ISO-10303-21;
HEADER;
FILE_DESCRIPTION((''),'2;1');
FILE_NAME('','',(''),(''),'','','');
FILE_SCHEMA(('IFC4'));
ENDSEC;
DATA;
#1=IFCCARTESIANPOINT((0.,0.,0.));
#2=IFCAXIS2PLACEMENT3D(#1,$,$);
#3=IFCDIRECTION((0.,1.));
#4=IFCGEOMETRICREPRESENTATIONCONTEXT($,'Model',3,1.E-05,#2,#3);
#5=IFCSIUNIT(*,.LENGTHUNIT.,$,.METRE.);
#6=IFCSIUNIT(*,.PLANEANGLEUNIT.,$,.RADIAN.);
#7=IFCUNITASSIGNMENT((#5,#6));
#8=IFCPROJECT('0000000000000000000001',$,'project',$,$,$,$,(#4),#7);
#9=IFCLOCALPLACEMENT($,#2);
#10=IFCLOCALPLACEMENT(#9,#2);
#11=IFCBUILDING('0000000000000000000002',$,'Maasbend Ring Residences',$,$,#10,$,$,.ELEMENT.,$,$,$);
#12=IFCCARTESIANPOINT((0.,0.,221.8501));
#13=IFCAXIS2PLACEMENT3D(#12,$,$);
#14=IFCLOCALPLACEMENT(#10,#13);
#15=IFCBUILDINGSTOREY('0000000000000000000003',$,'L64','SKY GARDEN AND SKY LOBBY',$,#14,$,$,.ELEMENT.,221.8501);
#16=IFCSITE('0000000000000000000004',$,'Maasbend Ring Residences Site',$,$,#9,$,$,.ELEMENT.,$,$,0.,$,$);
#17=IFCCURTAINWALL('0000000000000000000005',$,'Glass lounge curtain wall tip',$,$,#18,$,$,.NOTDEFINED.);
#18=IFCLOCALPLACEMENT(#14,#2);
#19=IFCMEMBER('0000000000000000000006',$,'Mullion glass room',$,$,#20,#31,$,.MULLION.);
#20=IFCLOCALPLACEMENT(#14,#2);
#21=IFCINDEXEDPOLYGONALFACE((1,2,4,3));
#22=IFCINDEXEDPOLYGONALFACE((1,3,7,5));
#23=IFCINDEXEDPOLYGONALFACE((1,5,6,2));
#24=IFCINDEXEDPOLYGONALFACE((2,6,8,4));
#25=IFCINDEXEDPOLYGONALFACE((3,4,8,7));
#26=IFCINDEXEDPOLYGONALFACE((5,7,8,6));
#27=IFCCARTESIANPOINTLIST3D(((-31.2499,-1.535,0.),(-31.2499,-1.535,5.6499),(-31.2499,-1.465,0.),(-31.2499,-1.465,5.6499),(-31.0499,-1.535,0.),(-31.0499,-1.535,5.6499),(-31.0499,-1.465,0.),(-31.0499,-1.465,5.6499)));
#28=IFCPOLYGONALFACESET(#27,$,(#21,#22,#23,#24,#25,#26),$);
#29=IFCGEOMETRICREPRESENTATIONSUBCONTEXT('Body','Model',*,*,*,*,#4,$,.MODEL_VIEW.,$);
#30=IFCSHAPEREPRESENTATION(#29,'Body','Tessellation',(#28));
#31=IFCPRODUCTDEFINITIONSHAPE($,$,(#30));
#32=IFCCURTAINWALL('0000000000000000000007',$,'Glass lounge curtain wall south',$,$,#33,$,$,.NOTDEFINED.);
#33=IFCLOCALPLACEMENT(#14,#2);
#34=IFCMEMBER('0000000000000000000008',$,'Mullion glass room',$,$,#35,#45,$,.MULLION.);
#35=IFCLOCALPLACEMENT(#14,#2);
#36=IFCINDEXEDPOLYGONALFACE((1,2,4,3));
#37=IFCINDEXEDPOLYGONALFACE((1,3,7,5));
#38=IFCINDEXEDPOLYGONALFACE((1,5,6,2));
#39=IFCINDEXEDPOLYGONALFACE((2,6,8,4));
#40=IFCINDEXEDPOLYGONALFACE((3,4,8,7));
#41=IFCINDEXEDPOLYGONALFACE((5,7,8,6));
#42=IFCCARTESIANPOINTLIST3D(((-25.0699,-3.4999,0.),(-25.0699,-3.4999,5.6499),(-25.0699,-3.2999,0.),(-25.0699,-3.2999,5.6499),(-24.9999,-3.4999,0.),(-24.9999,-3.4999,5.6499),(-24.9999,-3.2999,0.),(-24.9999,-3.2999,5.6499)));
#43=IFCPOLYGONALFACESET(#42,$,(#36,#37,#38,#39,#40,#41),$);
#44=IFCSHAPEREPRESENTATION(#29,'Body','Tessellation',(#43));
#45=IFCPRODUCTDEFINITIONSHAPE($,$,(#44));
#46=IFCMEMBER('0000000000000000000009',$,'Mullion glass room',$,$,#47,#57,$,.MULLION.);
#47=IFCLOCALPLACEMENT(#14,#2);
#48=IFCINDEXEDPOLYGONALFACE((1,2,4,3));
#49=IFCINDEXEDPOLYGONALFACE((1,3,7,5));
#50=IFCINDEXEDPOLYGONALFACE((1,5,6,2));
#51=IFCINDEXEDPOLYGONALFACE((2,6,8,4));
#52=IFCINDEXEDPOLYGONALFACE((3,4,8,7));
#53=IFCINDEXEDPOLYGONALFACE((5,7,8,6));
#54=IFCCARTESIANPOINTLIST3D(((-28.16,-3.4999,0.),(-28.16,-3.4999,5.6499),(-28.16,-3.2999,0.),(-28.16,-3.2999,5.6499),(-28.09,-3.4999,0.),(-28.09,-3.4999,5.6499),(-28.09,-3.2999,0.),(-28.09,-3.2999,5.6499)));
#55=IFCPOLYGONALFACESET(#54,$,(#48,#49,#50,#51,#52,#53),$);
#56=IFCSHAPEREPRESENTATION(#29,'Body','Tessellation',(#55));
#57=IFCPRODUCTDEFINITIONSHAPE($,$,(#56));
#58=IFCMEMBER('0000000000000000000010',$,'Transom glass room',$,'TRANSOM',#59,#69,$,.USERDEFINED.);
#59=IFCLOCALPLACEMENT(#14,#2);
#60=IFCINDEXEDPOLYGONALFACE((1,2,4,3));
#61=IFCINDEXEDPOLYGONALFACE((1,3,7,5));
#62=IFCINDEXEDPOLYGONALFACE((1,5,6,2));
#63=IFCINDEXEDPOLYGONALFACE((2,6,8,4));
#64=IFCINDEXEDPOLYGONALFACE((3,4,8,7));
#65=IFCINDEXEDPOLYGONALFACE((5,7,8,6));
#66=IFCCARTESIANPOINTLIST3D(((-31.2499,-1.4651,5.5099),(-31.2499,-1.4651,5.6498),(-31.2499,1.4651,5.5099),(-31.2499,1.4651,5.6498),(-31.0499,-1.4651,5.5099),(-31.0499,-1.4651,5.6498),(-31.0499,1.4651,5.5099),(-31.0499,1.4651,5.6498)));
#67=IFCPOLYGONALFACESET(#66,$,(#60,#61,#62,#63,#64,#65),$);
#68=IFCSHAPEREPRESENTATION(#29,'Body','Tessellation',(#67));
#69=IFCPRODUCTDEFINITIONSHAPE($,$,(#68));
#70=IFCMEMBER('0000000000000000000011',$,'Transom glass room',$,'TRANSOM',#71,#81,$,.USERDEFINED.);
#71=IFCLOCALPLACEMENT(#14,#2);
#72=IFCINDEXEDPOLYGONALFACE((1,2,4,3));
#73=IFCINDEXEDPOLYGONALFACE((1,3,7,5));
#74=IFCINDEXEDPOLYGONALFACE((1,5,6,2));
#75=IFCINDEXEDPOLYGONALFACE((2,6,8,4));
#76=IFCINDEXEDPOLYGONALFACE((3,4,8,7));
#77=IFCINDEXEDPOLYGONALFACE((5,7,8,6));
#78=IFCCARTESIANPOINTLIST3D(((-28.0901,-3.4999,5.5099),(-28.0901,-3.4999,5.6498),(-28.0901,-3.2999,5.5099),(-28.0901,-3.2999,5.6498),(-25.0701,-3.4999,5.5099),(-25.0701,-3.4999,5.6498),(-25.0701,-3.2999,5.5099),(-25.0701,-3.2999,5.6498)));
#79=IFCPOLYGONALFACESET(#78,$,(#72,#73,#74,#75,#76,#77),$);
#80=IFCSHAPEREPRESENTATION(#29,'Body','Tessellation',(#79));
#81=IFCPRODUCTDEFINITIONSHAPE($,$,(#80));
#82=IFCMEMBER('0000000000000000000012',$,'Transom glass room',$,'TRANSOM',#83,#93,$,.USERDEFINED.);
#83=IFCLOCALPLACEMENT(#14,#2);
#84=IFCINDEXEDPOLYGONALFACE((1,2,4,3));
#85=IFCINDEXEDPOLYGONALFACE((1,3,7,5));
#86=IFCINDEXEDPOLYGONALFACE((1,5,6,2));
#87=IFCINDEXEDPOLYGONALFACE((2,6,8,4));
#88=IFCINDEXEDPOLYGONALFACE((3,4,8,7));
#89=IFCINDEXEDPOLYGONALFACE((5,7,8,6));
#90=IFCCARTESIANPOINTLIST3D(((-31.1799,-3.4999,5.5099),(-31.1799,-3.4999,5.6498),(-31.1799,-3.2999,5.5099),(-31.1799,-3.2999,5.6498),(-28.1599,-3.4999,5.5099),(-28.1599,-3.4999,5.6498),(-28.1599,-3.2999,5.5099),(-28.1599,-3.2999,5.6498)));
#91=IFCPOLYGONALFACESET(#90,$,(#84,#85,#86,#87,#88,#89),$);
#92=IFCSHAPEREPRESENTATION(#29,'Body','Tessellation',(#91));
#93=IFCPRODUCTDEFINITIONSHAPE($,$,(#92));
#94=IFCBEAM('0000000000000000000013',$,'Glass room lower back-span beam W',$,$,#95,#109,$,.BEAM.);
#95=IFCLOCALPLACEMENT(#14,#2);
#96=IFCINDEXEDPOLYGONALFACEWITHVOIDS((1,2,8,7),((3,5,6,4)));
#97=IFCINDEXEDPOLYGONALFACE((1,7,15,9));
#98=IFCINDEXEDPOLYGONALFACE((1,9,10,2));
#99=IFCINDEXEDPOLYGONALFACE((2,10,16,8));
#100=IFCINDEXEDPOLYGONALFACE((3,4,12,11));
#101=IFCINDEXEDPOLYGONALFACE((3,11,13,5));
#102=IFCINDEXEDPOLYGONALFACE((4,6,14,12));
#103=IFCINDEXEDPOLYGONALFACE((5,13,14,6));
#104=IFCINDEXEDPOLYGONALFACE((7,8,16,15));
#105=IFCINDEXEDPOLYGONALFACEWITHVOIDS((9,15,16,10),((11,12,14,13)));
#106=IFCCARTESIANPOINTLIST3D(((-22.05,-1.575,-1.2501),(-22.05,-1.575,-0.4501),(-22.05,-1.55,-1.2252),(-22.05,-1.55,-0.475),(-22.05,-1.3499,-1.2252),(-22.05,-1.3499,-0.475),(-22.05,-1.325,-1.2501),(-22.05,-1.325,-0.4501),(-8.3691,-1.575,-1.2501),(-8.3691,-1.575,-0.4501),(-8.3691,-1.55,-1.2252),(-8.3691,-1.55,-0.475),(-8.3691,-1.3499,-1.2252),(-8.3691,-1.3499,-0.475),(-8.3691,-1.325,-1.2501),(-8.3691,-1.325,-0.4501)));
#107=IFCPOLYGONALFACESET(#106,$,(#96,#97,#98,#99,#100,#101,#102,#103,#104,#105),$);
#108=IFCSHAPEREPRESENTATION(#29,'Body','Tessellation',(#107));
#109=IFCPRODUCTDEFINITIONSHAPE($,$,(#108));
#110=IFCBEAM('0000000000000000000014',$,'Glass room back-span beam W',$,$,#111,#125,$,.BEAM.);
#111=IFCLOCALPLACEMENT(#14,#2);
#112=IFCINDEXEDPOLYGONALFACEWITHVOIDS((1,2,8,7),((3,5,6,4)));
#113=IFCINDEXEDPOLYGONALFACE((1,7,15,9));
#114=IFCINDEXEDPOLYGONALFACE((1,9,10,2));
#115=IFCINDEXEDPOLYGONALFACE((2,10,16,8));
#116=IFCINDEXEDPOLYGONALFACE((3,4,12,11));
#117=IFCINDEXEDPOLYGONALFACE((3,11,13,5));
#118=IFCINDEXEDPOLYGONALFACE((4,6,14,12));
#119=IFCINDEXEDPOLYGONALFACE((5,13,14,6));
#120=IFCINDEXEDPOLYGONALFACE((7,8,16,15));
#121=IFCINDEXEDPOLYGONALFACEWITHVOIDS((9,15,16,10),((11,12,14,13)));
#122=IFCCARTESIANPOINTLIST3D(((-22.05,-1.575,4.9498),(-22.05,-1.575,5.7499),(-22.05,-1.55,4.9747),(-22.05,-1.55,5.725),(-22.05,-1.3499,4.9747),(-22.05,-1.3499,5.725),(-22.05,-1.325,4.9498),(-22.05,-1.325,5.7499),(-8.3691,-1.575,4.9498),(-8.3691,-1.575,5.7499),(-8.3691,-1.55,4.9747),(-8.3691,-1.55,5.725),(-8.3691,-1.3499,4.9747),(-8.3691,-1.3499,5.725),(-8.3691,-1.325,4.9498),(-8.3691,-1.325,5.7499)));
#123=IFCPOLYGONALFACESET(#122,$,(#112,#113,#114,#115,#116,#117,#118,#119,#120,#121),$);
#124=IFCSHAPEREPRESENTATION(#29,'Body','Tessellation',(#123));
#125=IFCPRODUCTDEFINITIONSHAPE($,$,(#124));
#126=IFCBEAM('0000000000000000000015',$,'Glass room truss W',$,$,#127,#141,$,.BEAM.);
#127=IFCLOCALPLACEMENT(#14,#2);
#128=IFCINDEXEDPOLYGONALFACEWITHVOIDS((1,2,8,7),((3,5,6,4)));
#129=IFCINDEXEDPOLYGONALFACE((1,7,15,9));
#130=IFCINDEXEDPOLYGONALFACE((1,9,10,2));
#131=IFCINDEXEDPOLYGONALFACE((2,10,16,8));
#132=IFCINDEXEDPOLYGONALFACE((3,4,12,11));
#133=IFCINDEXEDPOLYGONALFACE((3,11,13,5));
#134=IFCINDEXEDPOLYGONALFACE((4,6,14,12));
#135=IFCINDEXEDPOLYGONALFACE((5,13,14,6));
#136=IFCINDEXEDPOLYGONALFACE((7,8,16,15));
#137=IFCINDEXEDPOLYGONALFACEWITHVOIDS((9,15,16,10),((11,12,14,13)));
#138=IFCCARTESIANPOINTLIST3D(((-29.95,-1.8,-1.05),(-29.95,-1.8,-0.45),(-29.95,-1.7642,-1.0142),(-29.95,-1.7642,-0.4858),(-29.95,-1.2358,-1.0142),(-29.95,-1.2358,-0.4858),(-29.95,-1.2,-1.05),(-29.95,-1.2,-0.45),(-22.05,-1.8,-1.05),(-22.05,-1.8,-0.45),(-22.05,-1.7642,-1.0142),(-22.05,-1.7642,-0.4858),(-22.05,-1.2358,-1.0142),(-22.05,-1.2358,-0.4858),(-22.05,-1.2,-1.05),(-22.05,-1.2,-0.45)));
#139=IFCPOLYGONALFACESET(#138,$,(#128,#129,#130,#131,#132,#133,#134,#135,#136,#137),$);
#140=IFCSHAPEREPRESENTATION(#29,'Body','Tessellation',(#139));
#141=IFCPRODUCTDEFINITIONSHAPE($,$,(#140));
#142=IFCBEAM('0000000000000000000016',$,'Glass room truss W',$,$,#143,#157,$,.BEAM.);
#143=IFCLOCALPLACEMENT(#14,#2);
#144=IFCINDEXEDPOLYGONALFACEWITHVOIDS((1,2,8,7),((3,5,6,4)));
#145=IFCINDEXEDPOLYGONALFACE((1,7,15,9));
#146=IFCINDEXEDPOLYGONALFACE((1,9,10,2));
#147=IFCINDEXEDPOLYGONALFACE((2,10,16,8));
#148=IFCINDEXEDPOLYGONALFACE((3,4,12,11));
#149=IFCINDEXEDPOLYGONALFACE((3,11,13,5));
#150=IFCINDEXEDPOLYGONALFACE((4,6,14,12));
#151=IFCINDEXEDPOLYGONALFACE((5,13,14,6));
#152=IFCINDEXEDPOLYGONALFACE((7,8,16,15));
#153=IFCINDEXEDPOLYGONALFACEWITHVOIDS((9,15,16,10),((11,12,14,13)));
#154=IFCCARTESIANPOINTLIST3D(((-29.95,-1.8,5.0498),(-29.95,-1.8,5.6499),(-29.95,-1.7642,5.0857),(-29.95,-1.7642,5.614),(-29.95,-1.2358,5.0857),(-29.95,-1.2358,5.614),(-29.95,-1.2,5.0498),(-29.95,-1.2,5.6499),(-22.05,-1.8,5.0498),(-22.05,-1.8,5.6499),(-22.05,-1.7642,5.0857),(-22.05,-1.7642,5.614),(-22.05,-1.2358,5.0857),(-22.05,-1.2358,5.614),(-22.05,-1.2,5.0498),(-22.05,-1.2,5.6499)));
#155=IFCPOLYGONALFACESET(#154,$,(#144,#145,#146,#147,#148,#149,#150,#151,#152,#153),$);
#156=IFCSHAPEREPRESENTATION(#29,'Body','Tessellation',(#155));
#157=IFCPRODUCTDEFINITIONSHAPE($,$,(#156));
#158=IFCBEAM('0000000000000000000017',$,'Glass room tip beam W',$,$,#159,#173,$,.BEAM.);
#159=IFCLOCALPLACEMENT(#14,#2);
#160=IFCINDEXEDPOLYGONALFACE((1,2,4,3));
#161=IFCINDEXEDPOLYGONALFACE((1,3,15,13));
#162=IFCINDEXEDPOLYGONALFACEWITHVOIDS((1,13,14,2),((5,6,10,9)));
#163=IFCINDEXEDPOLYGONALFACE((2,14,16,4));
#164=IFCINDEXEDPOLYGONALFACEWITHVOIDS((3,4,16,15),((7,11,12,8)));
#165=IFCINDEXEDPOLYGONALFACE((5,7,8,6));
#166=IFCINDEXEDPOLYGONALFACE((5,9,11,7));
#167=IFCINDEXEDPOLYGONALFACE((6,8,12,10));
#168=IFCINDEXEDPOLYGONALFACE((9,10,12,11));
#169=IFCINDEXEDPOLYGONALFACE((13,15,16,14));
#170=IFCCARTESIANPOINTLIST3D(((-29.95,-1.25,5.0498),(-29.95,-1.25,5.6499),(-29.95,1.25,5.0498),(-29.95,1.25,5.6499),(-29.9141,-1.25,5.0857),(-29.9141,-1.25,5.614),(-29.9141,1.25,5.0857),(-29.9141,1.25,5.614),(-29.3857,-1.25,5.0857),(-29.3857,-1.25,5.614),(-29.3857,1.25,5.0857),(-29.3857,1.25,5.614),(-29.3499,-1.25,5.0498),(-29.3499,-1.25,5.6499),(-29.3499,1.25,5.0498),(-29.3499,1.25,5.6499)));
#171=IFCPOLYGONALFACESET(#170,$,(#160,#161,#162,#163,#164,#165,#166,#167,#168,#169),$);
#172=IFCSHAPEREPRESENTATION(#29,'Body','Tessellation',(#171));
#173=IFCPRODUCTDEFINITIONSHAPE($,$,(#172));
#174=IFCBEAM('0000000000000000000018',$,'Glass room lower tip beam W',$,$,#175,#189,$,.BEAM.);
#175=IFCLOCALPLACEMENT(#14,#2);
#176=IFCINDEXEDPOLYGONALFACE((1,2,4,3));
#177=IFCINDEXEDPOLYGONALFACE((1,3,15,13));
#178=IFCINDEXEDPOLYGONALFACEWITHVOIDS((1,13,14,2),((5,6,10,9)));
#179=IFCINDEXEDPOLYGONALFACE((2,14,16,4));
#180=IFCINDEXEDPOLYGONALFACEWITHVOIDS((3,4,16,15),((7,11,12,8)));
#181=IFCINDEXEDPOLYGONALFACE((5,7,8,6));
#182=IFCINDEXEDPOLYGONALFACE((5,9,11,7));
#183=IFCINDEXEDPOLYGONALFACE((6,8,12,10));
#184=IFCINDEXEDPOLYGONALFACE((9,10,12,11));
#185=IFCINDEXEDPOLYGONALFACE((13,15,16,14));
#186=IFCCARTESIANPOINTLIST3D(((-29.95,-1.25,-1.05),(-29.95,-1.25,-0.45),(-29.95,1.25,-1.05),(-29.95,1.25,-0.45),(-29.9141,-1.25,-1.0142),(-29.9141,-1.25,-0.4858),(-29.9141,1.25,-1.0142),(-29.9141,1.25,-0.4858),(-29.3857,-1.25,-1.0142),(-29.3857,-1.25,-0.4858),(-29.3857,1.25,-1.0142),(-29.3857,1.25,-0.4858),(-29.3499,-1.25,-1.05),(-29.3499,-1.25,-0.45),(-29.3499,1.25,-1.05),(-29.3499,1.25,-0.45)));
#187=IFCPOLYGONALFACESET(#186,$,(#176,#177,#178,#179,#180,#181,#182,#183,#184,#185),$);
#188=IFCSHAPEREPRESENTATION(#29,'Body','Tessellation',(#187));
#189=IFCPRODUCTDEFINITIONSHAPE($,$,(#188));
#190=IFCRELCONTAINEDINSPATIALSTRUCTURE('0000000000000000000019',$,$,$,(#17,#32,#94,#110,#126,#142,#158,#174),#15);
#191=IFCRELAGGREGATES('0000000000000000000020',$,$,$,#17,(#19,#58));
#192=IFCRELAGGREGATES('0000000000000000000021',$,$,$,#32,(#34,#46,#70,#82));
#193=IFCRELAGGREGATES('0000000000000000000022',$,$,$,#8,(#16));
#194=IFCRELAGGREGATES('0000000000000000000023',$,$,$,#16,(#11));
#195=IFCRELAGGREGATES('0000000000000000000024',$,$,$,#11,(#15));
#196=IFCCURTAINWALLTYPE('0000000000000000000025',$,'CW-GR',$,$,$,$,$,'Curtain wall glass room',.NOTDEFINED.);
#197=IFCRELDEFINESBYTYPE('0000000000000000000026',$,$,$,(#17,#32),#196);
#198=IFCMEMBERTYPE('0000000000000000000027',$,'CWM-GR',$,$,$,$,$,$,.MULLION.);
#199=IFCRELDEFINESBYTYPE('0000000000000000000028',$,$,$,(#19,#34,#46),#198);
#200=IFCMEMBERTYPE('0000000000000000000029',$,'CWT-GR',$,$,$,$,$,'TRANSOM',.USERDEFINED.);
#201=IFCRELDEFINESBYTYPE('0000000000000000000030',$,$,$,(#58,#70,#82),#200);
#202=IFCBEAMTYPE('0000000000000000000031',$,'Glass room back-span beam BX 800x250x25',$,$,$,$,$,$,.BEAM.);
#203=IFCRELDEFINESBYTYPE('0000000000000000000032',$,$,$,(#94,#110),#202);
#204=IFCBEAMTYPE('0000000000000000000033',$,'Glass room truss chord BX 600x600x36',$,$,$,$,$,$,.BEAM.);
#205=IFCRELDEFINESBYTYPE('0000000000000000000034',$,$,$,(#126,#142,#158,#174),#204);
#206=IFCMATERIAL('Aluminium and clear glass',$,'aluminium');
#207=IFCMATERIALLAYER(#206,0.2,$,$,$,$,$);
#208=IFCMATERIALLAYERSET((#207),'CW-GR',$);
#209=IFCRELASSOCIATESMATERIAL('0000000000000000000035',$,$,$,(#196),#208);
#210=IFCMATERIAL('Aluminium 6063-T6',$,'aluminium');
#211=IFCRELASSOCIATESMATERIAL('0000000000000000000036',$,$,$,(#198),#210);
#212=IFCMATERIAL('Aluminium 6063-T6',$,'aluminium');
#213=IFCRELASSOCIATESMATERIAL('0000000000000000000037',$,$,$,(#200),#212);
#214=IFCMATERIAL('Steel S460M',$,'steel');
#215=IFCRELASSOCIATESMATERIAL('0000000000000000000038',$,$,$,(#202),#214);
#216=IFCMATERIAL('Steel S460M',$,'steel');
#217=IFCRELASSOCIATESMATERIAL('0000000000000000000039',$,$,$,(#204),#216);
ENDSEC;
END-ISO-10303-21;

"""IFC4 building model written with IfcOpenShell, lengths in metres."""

from ifc_helpers import new_model, si_unit, direction, frame, origin, origin_2d, place, context, subcontext, project, spatial, rectangle, hollow_rectangle, extrude, material, layer, layer_set, material_profile, profile_set, type_object, element, aggregate, save


model = new_model("IFC4")

# Units and contexts
model_context = context("Model", 3, precision=1e-05, world=origin(), true_north=direction((0.0, 1.0)))
body_context = subcontext(model_context, "Body", "Model", "MODEL_VIEW")
ifc_project = project(units=[si_unit("LENGTHUNIT", "METRE"), si_unit("PLANEANGLEUNIT", "RADIAN")], contexts=[model_context])

# Site, building, storey
site_placement = place(None, origin())
site = spatial("IfcSite", under=ifc_project, at=site_placement, Name="Maasbend Ring Residences Site", CompositionType="ELEMENT", RefElevation=0.0)
building_placement = place(site_placement, origin())
building = spatial("IfcBuilding", under=site, at=building_placement, Name="Maasbend Ring Residences", CompositionType="ELEMENT")
storey_placement = place(building_placement, frame((0.0, 0.0, 221.8501)))
storey = spatial("IfcBuildingStorey", under=building, at=storey_placement, Name="L64", Description="SKY GARDEN AND SKY LOBBY", CompositionType="ELEMENT", Elevation=221.8501)

# Curtain wall, member
ifc_material_1 = material(Name="Aluminium and clear glass", Category="aluminium")
ifc_layer_1 = layer(ifc_material_1, 0.2)
ifc_layer_set_1 = layer_set([ifc_layer_1], Name="CW-GR")
curtain_wall_type = type_object("IfcCurtainWallType", Name="CW-GR", ElementType="Curtain wall glass room", PredefinedType="NOTDEFINED", material=ifc_layer_set_1)
curtain_wall_1_placement = place(storey_placement, origin())
curtain_wall_1 = element("IfcCurtainWall", 1, at=curtain_wall_1_placement, inside=storey, type_object=curtain_wall_type, Name="Glass lounge curtain wall tip", PredefinedType="NOTDEFINED")
ifc_material_2 = material(Name="Aluminium 6063-T6", Category="aluminium")
ifc_material_profile_1 = material_profile(ifc_material_2, rectangle(XDim=0.2, YDim=0.0701, at=origin_2d()), Name="AL 200x70")
ifc_profile_set_1 = profile_set([ifc_material_profile_1], Name="Aluminium 6063-T6")
member_type_1 = type_object("IfcMemberType", Name="CWM-GR", PredefinedType="MULLION", material=ifc_profile_set_1)
member_1_placement = place(storey_placement, frame((-31.1499, -1.5, 0.0), z_axis=(0.0, 0.0, 1.0), x_axis=(-1.0, 0.0, 0.0)))
member_1 = element("IfcMember", 2, at=member_1_placement, type_object=member_type_1, Name="Mullion glass room", PredefinedType="MULLION", context=body_context, shape_type="SweptSolid", body=[
    extrude(rectangle(XDim=0.2, YDim=0.0701, at=origin_2d()), origin(), (0.0, 0.0, 1.0), 5.6499),
])

# Curtain wall, members
curtain_wall_2_placement = place(storey_placement, origin())
curtain_wall_2 = element("IfcCurtainWall", 3, at=curtain_wall_2_placement, inside=storey, type_object=curtain_wall_type, Name="Glass lounge curtain wall south", PredefinedType="NOTDEFINED")
member_2_placement = place(storey_placement, frame((-25.0349, -3.3999, 0.0), z_axis=(0.0, 0.0, 1.0), x_axis=(0.0, -1.0, 0.0)))
member_2 = element("IfcMember", 4, at=member_2_placement, type_object=member_type_1, Name="Mullion glass room", PredefinedType="MULLION", context=body_context, shape_type="SweptSolid", body=[
    extrude(rectangle(XDim=0.2, YDim=0.0701, at=origin_2d()), origin(), (0.0, 0.0, 1.0), 5.6499),
])
member_3_placement = place(storey_placement, frame((-28.125, -3.3999, 0.0), z_axis=(0.0, 0.0, 1.0), x_axis=(0.0, -1.0, 0.0)))
member_3 = element("IfcMember", 5, at=member_3_placement, type_object=member_type_1, Name="Mullion glass room", PredefinedType="MULLION", context=body_context, shape_type="SweptSolid", body=[
    extrude(rectangle(XDim=0.2, YDim=0.0701, at=origin_2d()), origin(), (0.0, 0.0, 1.0), 5.6499),
])

# Members
ifc_material_3 = material(Name="Aluminium 6063-T6", Category="aluminium")
ifc_material_profile_2 = material_profile(ifc_material_3, rectangle(XDim=0.2, YDim=0.1399, at=origin_2d()), Name="AL 200x140")
ifc_profile_set_2 = profile_set([ifc_material_profile_2], Name="Aluminium 6063-T6")
member_type_2 = type_object("IfcMemberType", Name="CWT-GR", ElementType="TRANSOM", PredefinedType="USERDEFINED", material=ifc_profile_set_2)
member_4_placement = place(storey_placement, frame((-31.1499, -1.4651, 5.5798), z_axis=(0.0, 1.0, 0.0), x_axis=(-1.0, 0.0, 0.0)))
member_4 = element("IfcMember", 6, at=member_4_placement, type_object=member_type_2, Name="Transom glass room", ObjectType="TRANSOM", PredefinedType="USERDEFINED", context=body_context, shape_type="SweptSolid", body=[
    extrude(rectangle(XDim=0.2, YDim=0.1399, at=origin_2d()), origin(), (0.0, 0.0, 1.0), 2.9302),
])
member_5_placement = place(storey_placement, frame((-25.0701, -3.3999, 5.5798), z_axis=(-1.0, 0.0, 0.0), x_axis=(0.0, -1.0, 0.0)))
member_5 = element("IfcMember", 7, at=member_5_placement, type_object=member_type_2, Name="Transom glass room", ObjectType="TRANSOM", PredefinedType="USERDEFINED", context=body_context, shape_type="SweptSolid", body=[
    extrude(rectangle(XDim=0.2, YDim=0.1399, at=origin_2d()), origin(), (0.0, 0.0, 1.0), 3.02),
])
member_6_placement = place(storey_placement, frame((-28.1599, -3.3999, 5.5798), z_axis=(-1.0, 0.0, 0.0), x_axis=(0.0, -1.0, 0.0)))
member_6 = element("IfcMember", 8, at=member_6_placement, type_object=member_type_2, Name="Transom glass room", ObjectType="TRANSOM", PredefinedType="USERDEFINED", context=body_context, shape_type="SweptSolid", body=[
    extrude(rectangle(XDim=0.2, YDim=0.1399, at=origin_2d()), origin(), (0.0, 0.0, 1.0), 3.02),
])

# Beams
ifc_material_4 = material(Name="Steel S460M", Category="steel")
ifc_material_profile_3 = material_profile(ifc_material_4, hollow_rectangle(XDim=0.25, YDim=0.8, WallThickness=0.0249, at=origin_2d()), Name="Glass room back-span beam BX 800x250x25")
ifc_profile_set_3 = profile_set([ifc_material_profile_3], Name="Steel S460M")
beam_type_1 = type_object("IfcBeamType", Name="Glass room back-span beam BX 800x250x25", PredefinedType="BEAM", material=ifc_profile_set_3)
for number, where, z_axis, x_axis, name in (
    (9, (-22.05, -1.45, -0.8501), (1.0, 0.0, 0.0), (0.0, 1.0, 0.0), "Glass room lower back-span beam W"),
    (10, (-22.05, -1.45, 5.3499), (1.0, 0.0, 0.0), (0.0, 1.0, 0.0), "Glass room back-span beam W"),
):
    element("IfcBeam", number, at=place(storey_placement, frame(where, z_axis=z_axis, x_axis=x_axis)), inside=storey, type_object=beam_type_1, Name=name, PredefinedType="BEAM", context=body_context, shape_type="SweptSolid", body=[
        extrude(hollow_rectangle(XDim=0.25, YDim=0.8, WallThickness=0.0249, at=origin_2d()), origin(), (0.0, 0.0, 1.0), 13.6809),
    ])
ifc_material_5 = material(Name="Steel S460M", Category="steel")
ifc_material_profile_4 = material_profile(ifc_material_5, hollow_rectangle(XDim=0.6001, YDim=0.6001, WallThickness=0.0359, at=origin_2d()), Name="Glass room truss chord BX 600x600x36")
ifc_profile_set_4 = profile_set([ifc_material_profile_4], Name="Steel S460M")
beam_type_2 = type_object("IfcBeamType", Name="Glass room truss chord BX 600x600x36", PredefinedType="BEAM", material=ifc_profile_set_4)
for number, where, z_axis, x_axis, name in (
    (11, (-22.05, -1.5, -0.75), (-1.0, 0.0, 0.0), (0.0, -1.0, 0.0), "Glass room truss W"),
    (12, (-22.05, -1.5, 5.3499), (-1.0, 0.0, 0.0), (0.0, -1.0, 0.0), "Glass room truss W"),
):
    element("IfcBeam", number, at=place(storey_placement, frame(where, z_axis=z_axis, x_axis=x_axis)), inside=storey, type_object=beam_type_2, Name=name, PredefinedType="BEAM", context=body_context, shape_type="SweptSolid", body=[
        extrude(hollow_rectangle(XDim=0.6001, YDim=0.6001, WallThickness=0.0359, at=origin_2d()), origin(), (0.0, 0.0, 1.0), 7.8999),
    ])
for number, where, z_axis, x_axis, name in (
    (13, (-29.6499, -1.25, 5.3499), (0.0, 1.0, 0.0), (-1.0, 0.0, 0.0), "Glass room tip beam W"),
    (14, (-29.6499, -1.25, -0.75), (0.0, 1.0, 0.0), (-1.0, 0.0, 0.0), "Glass room lower tip beam W"),
):
    element("IfcBeam", number, at=place(storey_placement, frame(where, z_axis=z_axis, x_axis=x_axis)), inside=storey, type_object=beam_type_2, Name=name, PredefinedType="BEAM", context=body_context, shape_type="SweptSolid", body=[
        extrude(hollow_rectangle(XDim=0.6001, YDim=0.6001, WallThickness=0.0359, at=origin_2d()), origin(), (0.0, 0.0, 1.0), 2.5),
    ])

aggregate(curtain_wall_1, [member_1, member_4])
aggregate(curtain_wall_2, [member_2, member_3, member_5, member_6])

save(model, "model.ifc")
